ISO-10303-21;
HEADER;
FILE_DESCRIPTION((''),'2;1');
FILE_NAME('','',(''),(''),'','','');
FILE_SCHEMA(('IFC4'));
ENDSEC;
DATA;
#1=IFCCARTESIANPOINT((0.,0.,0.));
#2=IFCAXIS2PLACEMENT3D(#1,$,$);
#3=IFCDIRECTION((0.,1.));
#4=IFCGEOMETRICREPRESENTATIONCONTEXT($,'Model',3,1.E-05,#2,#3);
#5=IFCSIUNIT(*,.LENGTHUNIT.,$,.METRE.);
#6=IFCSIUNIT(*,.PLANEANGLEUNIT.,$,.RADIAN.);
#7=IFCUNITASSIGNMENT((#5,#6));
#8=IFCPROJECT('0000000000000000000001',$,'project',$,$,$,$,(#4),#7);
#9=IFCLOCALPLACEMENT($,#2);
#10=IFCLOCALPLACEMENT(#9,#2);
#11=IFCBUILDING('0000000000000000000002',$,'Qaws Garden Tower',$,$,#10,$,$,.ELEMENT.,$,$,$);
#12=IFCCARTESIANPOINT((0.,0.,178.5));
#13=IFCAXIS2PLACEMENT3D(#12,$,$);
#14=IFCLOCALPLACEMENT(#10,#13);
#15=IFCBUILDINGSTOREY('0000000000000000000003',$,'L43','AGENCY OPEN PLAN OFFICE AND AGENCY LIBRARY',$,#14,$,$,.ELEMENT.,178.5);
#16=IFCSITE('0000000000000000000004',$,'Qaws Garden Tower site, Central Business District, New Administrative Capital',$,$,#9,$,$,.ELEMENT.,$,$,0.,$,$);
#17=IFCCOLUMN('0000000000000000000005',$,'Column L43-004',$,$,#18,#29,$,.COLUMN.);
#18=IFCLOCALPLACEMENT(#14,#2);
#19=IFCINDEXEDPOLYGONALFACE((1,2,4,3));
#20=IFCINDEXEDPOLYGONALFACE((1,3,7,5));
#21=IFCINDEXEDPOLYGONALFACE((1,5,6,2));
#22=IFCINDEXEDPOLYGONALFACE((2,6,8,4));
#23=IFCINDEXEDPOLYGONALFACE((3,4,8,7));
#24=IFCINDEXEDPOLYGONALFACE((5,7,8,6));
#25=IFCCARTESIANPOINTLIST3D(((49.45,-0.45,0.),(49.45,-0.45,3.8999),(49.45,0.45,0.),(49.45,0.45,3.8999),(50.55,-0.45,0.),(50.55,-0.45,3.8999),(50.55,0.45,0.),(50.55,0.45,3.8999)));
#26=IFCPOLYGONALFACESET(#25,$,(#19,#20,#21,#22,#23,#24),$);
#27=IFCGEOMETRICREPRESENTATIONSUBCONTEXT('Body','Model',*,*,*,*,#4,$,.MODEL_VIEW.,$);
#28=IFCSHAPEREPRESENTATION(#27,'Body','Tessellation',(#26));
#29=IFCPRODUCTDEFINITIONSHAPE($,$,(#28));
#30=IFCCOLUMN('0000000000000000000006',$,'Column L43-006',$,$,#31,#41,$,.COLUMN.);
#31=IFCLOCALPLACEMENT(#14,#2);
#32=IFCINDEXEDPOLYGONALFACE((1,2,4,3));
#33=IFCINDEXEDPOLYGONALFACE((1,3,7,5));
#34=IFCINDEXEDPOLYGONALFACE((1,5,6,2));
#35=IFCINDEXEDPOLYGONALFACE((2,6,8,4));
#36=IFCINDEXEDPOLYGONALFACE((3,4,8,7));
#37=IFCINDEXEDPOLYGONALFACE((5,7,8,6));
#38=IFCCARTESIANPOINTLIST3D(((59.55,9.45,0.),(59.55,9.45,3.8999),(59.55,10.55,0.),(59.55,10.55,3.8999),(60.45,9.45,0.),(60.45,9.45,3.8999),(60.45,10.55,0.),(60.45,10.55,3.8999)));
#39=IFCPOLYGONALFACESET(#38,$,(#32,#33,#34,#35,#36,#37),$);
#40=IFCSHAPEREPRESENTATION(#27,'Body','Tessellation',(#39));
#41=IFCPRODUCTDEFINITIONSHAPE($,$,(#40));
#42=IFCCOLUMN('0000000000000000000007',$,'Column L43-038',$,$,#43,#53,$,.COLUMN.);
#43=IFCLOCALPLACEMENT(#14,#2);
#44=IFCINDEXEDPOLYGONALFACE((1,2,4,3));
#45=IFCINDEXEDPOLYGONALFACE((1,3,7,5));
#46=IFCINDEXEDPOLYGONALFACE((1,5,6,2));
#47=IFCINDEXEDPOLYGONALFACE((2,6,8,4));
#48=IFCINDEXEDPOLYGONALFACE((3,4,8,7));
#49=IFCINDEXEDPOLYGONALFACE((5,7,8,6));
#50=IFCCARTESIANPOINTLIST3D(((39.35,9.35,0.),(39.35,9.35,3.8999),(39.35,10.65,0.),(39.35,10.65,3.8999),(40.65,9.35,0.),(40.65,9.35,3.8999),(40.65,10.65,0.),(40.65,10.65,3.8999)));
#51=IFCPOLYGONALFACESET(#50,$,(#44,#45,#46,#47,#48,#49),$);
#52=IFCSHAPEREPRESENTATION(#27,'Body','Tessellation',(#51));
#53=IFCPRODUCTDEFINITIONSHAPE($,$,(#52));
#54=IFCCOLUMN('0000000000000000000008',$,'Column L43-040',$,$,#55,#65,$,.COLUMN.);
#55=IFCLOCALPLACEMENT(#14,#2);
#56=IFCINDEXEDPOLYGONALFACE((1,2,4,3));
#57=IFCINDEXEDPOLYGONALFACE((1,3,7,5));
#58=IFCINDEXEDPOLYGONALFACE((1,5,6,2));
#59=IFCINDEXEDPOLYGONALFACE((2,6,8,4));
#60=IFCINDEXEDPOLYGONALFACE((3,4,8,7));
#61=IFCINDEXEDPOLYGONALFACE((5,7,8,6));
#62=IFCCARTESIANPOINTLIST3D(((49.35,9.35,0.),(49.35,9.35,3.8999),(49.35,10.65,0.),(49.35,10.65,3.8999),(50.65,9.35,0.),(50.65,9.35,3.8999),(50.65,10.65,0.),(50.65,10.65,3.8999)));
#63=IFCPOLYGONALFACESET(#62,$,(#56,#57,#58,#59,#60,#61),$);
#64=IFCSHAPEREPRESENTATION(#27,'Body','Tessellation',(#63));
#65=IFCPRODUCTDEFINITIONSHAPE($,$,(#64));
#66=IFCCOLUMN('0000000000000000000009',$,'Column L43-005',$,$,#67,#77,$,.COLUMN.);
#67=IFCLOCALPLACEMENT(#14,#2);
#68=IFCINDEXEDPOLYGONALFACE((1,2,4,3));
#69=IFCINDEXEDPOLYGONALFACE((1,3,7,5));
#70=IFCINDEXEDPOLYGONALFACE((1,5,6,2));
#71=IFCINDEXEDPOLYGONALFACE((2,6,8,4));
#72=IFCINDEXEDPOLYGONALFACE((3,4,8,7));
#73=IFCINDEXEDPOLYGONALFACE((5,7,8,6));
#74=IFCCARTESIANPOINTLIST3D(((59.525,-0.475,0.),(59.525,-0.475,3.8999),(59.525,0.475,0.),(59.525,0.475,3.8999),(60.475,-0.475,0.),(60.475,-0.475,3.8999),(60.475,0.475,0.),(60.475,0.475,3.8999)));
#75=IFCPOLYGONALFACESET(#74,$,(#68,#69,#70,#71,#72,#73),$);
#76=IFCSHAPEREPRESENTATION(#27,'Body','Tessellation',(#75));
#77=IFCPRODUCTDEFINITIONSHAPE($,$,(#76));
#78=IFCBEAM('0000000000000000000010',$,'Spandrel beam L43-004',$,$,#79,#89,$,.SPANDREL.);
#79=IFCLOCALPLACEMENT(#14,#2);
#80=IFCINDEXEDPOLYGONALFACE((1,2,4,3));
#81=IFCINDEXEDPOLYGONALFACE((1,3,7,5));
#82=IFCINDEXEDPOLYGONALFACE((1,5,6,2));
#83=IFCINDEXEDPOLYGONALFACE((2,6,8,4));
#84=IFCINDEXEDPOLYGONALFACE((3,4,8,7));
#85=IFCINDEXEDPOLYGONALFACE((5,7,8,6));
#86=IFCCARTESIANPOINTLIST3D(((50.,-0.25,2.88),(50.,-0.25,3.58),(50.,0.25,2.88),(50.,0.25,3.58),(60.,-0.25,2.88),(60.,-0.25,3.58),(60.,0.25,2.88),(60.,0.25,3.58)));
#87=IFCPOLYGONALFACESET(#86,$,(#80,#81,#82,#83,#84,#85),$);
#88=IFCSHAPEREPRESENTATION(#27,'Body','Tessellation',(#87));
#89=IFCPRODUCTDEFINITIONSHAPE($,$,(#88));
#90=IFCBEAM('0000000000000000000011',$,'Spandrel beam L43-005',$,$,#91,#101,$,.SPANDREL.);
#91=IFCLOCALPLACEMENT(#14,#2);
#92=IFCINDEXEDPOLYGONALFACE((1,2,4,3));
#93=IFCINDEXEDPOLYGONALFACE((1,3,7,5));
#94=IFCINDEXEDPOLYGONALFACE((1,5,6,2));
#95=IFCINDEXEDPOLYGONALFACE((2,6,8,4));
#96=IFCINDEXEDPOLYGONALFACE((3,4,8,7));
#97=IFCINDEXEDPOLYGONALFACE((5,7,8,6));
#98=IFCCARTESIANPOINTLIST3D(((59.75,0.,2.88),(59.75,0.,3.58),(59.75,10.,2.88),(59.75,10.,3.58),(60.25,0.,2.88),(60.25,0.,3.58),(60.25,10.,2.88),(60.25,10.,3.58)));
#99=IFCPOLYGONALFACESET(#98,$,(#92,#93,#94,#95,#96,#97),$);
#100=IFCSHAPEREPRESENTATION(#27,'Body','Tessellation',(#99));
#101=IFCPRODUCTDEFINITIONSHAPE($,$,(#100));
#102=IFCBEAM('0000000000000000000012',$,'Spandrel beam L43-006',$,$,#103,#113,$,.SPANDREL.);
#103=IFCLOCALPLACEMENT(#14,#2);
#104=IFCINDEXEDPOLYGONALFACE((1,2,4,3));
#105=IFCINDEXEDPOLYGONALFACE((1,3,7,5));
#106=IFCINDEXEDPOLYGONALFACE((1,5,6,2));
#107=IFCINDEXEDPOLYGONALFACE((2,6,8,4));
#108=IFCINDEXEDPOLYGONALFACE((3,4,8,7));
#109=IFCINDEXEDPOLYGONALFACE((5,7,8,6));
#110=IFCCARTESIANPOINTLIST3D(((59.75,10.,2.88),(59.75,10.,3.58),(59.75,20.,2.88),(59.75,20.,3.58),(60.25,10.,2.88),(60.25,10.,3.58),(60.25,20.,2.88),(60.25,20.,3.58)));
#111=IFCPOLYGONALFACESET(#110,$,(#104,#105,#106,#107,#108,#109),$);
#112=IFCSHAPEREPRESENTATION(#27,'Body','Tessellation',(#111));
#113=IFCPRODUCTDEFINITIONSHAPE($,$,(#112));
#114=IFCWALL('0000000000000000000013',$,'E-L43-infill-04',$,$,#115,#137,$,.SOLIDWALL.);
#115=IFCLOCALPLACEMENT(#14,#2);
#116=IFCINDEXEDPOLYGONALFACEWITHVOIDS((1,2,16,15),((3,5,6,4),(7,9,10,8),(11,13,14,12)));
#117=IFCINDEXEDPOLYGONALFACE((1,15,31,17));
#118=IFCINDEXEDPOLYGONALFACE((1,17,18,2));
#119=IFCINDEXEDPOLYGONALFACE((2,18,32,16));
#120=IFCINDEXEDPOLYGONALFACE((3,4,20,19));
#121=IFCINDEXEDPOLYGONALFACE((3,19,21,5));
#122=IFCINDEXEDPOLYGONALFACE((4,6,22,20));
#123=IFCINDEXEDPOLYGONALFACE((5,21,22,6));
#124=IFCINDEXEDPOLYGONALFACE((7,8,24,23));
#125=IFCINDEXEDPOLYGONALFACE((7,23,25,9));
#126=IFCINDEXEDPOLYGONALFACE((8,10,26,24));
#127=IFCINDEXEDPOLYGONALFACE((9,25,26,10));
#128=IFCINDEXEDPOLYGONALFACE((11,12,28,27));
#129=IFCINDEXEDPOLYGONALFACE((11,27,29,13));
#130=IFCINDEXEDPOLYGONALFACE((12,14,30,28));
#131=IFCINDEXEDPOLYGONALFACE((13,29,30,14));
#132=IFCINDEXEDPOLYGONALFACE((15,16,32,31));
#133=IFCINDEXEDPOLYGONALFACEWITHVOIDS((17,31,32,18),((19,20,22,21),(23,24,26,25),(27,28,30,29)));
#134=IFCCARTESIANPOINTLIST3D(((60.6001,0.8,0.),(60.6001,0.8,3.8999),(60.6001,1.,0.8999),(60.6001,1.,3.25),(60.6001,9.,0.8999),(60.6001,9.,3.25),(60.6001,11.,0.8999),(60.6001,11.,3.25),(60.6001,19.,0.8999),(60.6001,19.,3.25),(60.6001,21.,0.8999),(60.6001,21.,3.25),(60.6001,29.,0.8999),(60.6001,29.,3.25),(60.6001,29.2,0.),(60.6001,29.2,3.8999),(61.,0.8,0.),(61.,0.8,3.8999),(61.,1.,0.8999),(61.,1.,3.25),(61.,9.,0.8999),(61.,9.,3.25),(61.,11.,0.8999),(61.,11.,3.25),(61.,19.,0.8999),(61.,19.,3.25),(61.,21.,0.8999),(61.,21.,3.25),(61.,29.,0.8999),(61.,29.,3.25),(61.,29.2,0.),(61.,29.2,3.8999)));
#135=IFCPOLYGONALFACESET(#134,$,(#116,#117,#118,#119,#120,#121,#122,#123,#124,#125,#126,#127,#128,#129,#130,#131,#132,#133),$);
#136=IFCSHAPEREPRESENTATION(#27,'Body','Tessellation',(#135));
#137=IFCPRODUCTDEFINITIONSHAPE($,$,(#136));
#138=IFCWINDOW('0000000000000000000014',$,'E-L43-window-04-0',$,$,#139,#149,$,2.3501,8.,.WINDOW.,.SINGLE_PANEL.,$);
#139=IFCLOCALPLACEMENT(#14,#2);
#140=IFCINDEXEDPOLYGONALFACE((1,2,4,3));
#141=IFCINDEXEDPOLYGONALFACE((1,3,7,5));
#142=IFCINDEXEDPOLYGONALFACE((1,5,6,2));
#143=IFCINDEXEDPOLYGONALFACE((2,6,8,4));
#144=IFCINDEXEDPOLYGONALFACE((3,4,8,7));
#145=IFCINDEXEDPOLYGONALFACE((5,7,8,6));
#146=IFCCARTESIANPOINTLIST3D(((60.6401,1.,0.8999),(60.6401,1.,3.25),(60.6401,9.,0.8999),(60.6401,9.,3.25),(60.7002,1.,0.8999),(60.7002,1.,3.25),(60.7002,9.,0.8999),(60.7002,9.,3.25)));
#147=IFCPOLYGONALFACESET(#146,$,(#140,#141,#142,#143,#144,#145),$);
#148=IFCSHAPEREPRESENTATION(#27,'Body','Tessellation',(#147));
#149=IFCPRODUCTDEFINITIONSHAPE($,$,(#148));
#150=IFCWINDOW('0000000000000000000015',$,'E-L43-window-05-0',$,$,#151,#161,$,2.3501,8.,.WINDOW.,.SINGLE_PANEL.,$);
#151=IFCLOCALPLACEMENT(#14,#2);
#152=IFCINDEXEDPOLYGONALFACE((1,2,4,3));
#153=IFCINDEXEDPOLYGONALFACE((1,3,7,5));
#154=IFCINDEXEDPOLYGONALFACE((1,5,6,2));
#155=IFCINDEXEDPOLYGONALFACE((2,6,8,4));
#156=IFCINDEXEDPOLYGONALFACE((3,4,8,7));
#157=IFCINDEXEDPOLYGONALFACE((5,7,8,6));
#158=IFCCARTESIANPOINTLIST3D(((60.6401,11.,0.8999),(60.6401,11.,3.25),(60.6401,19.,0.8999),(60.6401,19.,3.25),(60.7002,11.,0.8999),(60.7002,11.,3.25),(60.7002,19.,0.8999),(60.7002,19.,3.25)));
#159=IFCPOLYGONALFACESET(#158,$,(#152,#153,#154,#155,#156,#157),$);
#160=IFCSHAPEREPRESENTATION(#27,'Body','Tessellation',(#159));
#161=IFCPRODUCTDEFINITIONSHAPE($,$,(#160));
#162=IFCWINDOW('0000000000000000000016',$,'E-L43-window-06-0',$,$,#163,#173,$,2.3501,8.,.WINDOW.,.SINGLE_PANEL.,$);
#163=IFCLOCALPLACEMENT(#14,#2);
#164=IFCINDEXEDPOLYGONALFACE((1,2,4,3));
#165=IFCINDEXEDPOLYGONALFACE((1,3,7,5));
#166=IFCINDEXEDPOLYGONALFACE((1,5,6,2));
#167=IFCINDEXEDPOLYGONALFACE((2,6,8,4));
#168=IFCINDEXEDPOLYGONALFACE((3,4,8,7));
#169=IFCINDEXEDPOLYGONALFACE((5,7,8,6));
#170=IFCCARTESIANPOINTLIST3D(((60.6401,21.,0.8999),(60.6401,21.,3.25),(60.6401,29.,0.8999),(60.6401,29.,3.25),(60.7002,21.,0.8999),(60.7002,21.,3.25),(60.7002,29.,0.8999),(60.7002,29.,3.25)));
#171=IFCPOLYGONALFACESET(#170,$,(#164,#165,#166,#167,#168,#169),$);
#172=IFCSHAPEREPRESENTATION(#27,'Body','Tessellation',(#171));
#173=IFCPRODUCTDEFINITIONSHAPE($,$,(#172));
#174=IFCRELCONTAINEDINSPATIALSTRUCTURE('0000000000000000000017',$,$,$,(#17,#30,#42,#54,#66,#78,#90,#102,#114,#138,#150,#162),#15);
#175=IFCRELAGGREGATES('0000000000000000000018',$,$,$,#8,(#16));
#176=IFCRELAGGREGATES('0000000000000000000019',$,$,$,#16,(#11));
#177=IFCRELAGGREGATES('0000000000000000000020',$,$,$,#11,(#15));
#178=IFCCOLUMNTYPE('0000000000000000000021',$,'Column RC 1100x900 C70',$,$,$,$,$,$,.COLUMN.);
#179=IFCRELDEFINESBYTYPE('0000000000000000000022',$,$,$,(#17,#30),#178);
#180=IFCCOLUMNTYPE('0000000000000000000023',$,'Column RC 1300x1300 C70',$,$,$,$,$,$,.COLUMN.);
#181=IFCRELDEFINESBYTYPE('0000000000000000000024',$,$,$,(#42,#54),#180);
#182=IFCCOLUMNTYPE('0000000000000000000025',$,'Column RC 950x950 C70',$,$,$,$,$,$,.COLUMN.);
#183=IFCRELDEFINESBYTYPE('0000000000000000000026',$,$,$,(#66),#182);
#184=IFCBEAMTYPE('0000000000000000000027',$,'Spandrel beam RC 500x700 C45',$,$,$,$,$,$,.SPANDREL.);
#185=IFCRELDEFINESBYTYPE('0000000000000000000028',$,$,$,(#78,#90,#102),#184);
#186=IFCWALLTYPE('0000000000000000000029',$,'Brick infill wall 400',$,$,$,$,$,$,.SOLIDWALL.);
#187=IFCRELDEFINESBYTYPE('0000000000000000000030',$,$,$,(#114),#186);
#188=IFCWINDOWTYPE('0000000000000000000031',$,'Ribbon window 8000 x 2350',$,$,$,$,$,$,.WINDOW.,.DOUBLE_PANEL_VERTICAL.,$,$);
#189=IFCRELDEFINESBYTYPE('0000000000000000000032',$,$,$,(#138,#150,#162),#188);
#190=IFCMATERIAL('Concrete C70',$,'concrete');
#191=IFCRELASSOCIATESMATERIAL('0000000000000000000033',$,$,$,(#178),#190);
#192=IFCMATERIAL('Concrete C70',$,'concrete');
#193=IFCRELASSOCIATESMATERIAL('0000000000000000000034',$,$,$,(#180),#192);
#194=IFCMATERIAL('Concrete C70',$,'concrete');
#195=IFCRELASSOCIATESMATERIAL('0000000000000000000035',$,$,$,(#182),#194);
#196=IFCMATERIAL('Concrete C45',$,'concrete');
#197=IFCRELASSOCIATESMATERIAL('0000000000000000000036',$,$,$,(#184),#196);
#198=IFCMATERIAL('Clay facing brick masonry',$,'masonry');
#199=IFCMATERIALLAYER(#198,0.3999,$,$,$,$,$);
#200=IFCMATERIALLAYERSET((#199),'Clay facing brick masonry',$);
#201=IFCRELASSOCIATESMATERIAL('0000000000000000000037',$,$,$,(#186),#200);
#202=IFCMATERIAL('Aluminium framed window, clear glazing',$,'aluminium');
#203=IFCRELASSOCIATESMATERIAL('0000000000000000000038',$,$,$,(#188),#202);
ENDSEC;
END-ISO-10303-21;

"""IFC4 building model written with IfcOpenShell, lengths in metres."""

from ifc_helpers import new_model, si_unit, direction, frame, frame_2d, origin, origin_2d, place, context, subcontext, project, spatial, rectangle, extrude, material, layer, layer_set, material_profile, profile_set, type_object, element, fill, save


model = new_model("IFC4")

# Units and contexts
model_context = context("Model", 3, precision=1e-05, world=origin(), true_north=direction((0.0, 1.0)))
body_context = subcontext(model_context, "Body", "Model", "MODEL_VIEW")
ifc_project = project(units=[si_unit("LENGTHUNIT", "METRE"), si_unit("PLANEANGLEUNIT", "RADIAN")], contexts=[model_context])

# Site, building, storey
site_placement = place(None, origin())
site = spatial("IfcSite", under=ifc_project, at=site_placement, Name="Qaws Garden Tower site, Central Business District, New Administrative Capital", CompositionType="ELEMENT", RefElevation=0.0)
building_placement = place(site_placement, origin())
building = spatial("IfcBuilding", under=site, at=building_placement, Name="Qaws Garden Tower", CompositionType="ELEMENT")
storey_placement = place(building_placement, frame((0.0, 0.0, 178.5)))
storey = spatial("IfcBuildingStorey", under=building, at=storey_placement, Name="L43", Description="AGENCY OPEN PLAN OFFICE AND AGENCY LIBRARY", CompositionType="ELEMENT", Elevation=178.5)

# Columns
ifc_material_1 = material(Name="Concrete C70", Category="concrete")
ifc_material_profile_1 = material_profile(ifc_material_1, rectangle(XDim=1.1001, YDim=0.8999, at=origin_2d()), Name="RC 1100x900")
ifc_profile_set_1 = profile_set([ifc_material_profile_1], Name="Concrete C70")
column_type_1 = type_object("IfcColumnType", Name="Column RC 1100x900 C70", PredefinedType="COLUMN", material=ifc_profile_set_1)
for number, where, z_axis, x_axis, name in (
    (1, (50.0, 0.0, 0.0), (0.0, 0.0, 1.0), (1.0, 0.0, 0.0), "Column L43-004"),
    (2, (60.0, 10.0, 0.0), (0.0, 0.0, 1.0), (0.0, 1.0, 0.0), "Column L43-006"),
):
    element("IfcColumn", number, at=place(storey_placement, frame(where, z_axis=z_axis, x_axis=x_axis)), inside=storey, type_object=column_type_1, Name=name, PredefinedType="COLUMN", context=body_context, shape_type="SweptSolid", body=[
        extrude(rectangle(XDim=1.1001, YDim=0.8999, at=origin_2d()), origin(), (0.0, 0.0, 1.0), 3.8999),
    ])
ifc_material_2 = material(Name="Concrete C70", Category="concrete")
ifc_material_profile_2 = material_profile(ifc_material_2, rectangle(XDim=1.3, YDim=1.3, at=origin_2d()), Name="RC 1300x1300")
ifc_profile_set_2 = profile_set([ifc_material_profile_2], Name="Concrete C70")
column_type_2 = type_object("IfcColumnType", Name="Column RC 1300x1300 C70", PredefinedType="COLUMN", material=ifc_profile_set_2)
for number, where, z_axis, x_axis, name in (
    (3, (40.0, 10.0, 0.0), (0.0, 0.0, 1.0), (1.0, 0.0, 0.0), "Column L43-038"),
    (4, (50.0, 10.0, 0.0), (0.0, 0.0, 1.0), (1.0, 0.0, 0.0), "Column L43-040"),
):
    element("IfcColumn", number, at=place(storey_placement, frame(where, z_axis=z_axis, x_axis=x_axis)), inside=storey, type_object=column_type_2, Name=name, PredefinedType="COLUMN", context=body_context, shape_type="SweptSolid", body=[
        extrude(rectangle(XDim=1.3, YDim=1.3, at=origin_2d()), origin(), (0.0, 0.0, 1.0), 3.8999),
    ])
ifc_material_3 = material(Name="Concrete C70", Category="concrete")
ifc_material_profile_3 = material_profile(ifc_material_3, rectangle(XDim=0.95, YDim=0.95, at=origin_2d()), Name="RC 950x950")
ifc_profile_set_3 = profile_set([ifc_material_profile_3], Name="Concrete C70")
column_type_3 = type_object("IfcColumnType", Name="Column RC 950x950 C70", PredefinedType="COLUMN", material=ifc_profile_set_3)
column_placement = place(storey_placement, frame((60.0, 0.0, 0.0), z_axis=(0.0, 0.0, 1.0), x_axis=(1.0, 0.0, 0.0)))
element("IfcColumn", 5, at=column_placement, inside=storey, type_object=column_type_3, Name="Column L43-005", PredefinedType="COLUMN", context=body_context, shape_type="SweptSolid", body=[
    extrude(rectangle(XDim=0.95, YDim=0.95, at=origin_2d()), origin(), (0.0, 0.0, 1.0), 3.8999),
])

# Beams
ifc_material_4 = material(Name="Concrete C45", Category="concrete")
ifc_material_profile_4 = material_profile(ifc_material_4, rectangle(XDim=0.5, YDim=0.7, at=origin_2d()), Name="RC 500x700")
ifc_profile_set_4 = profile_set([ifc_material_profile_4], Name="Concrete C45")
beam_type = type_object("IfcBeamType", Name="Spandrel beam RC 500x700 C45", PredefinedType="SPANDREL", material=ifc_profile_set_4)
for number, where, z_axis, x_axis, name in (
    (6, (50.0, 0.0, 3.23), (1.0, 0.0, 0.0), (0.0, 1.0, 0.0), "Spandrel beam L43-004"),
    (7, (60.0, 0.0, 3.23), (0.0, 1.0, 0.0), (-1.0, 0.0, 0.0), "Spandrel beam L43-005"),
    (8, (60.0, 10.0, 3.23), (0.0, 1.0, 0.0), (-1.0, 0.0, 0.0), "Spandrel beam L43-006"),
):
    element("IfcBeam", number, at=place(storey_placement, frame(where, z_axis=z_axis, x_axis=x_axis)), inside=storey, type_object=beam_type, Name=name, PredefinedType="SPANDREL", context=body_context, shape_type="SweptSolid", body=[
        extrude(rectangle(XDim=0.5, YDim=0.7, at=origin_2d()), origin(), (0.0, 0.0, 1.0), 10.0),
    ])

# Wall, openings, windows
ifc_material_5 = material(Name="Clay facing brick masonry", Category="masonry")
ifc_layer_1 = layer(ifc_material_5, 0.3999)
ifc_layer_set_1 = layer_set([ifc_layer_1], Name="Clay facing brick masonry")
wall_type_1 = type_object("IfcWallType", Name="Brick infill wall 400", PredefinedType="SOLIDWALL", material=ifc_layer_set_1)
wall_1_placement = place(storey_placement, frame((60.8, 0.8, 0.0), z_axis=(0.0, 0.0, 1.0), x_axis=(0.0, 1.0, 0.0)))
wall_1 = element("IfcWall", 9, at=wall_1_placement, inside=storey, type_object=wall_type_1, Name="E-L43-infill-04", PredefinedType="SOLIDWALL", context=body_context, shape_type="SweptSolid", body=[
    extrude(rectangle(XDim=28.3999, YDim=0.3999, at=frame_2d((14.2, 0.0))), origin(), (0.0, 0.0, 1.0), 3.8999),
])
opening_1_placement = place(wall_1_placement, frame((0.2, 0.0, 0.8999)))
opening_1 = element("IfcOpeningElement", 10, at=opening_1_placement, cuts=wall_1, PredefinedType="OPENING", context=body_context, shape_type="SweptSolid", body=[
    extrude(rectangle(XDim=8.0, YDim=2.3501, at=frame_2d((4.0, 1.175))), frame((0.0, 0.21, 0.0), z_axis=(0.0, -1.0, 0.0), x_axis=(1.0, 0.0, 0.0)), (0.0, 0.0, 1.0), 0.4199),
])
opening_2_placement = place(wall_1_placement, frame((10.2, 0.0, 0.8999)))
opening_2 = element("IfcOpeningElement", 11, at=opening_2_placement, cuts=wall_1, PredefinedType="OPENING", context=body_context, shape_type="SweptSolid", body=[
    extrude(rectangle(XDim=8.0, YDim=2.3501, at=frame_2d((4.0, 1.175))), frame((0.0, 0.21, 0.0), z_axis=(0.0, -1.0, 0.0), x_axis=(1.0, 0.0, 0.0)), (0.0, 0.0, 1.0), 0.4199),
])
opening_3_placement = place(wall_1_placement, frame((20.2, 0.0, 0.8999)))
opening_3 = element("IfcOpeningElement", 12, at=opening_3_placement, cuts=wall_1, PredefinedType="OPENING", context=body_context, shape_type="SweptSolid", body=[
    extrude(rectangle(XDim=8.0, YDim=2.3501, at=frame_2d((4.0, 1.175))), frame((0.0, 0.21, 0.0), z_axis=(0.0, -1.0, 0.0), x_axis=(1.0, 0.0, 0.0)), (0.0, 0.0, 1.0), 0.4199),
])
ifc_material_6 = material(Name="Aluminium framed window, clear glazing", Category="aluminium")
window_type = type_object("IfcWindowType", Name="Ribbon window 8000 x 2350", PartitioningType="DOUBLE_PANEL_VERTICAL", PredefinedType="WINDOW", material=ifc_material_6)
window_1_placement = place(opening_1_placement, origin())
window_1 = element("IfcWindow", 13, at=window_1_placement, inside=storey, type_object=window_type, Name="E-L43-window-04-0", OverallHeight=2.3501, OverallWidth=8.0, PartitioningType="SINGLE_PANEL", PredefinedType="WINDOW", context=body_context, shape_type="SweptSolid", body=[
    extrude(rectangle(XDim=8.0, YDim=2.3501, at=frame_2d((4.0, 1.175))), frame((0.0, 0.1599, 0.0), z_axis=(0.0, -1.0, 0.0), x_axis=(1.0, 0.0, 0.0)), (0.0, 0.0, 1.0), 0.0601),
])
fill(opening_1, window_1)
window_2_placement = place(opening_2_placement, origin())
window_2 = element("IfcWindow", 14, at=window_2_placement, inside=storey, type_object=window_type, Name="E-L43-window-05-0", OverallHeight=2.3501, OverallWidth=8.0, PartitioningType="SINGLE_PANEL", PredefinedType="WINDOW", context=body_context, shape_type="SweptSolid", body=[
    extrude(rectangle(XDim=8.0, YDim=2.3501, at=frame_2d((4.0, 1.175))), frame((0.0, 0.1599, 0.0), z_axis=(0.0, -1.0, 0.0), x_axis=(1.0, 0.0, 0.0)), (0.0, 0.0, 1.0), 0.0601),
])
fill(opening_2, window_2)
window_3_placement = place(opening_3_placement, origin())
window_3 = element("IfcWindow", 15, at=window_3_placement, inside=storey, type_object=window_type, Name="E-L43-window-06-0", OverallHeight=2.3501, OverallWidth=8.0, PartitioningType="SINGLE_PANEL", PredefinedType="WINDOW", context=body_context, shape_type="SweptSolid", body=[
    extrude(rectangle(XDim=8.0, YDim=2.3501, at=frame_2d((4.0, 1.175))), frame((0.0, 0.1599, 0.0), z_axis=(0.0, -1.0, 0.0), x_axis=(1.0, 0.0, 0.0)), (0.0, 0.0, 1.0), 0.0601),
])
fill(opening_3, window_3)

save(model, "model.ifc")
